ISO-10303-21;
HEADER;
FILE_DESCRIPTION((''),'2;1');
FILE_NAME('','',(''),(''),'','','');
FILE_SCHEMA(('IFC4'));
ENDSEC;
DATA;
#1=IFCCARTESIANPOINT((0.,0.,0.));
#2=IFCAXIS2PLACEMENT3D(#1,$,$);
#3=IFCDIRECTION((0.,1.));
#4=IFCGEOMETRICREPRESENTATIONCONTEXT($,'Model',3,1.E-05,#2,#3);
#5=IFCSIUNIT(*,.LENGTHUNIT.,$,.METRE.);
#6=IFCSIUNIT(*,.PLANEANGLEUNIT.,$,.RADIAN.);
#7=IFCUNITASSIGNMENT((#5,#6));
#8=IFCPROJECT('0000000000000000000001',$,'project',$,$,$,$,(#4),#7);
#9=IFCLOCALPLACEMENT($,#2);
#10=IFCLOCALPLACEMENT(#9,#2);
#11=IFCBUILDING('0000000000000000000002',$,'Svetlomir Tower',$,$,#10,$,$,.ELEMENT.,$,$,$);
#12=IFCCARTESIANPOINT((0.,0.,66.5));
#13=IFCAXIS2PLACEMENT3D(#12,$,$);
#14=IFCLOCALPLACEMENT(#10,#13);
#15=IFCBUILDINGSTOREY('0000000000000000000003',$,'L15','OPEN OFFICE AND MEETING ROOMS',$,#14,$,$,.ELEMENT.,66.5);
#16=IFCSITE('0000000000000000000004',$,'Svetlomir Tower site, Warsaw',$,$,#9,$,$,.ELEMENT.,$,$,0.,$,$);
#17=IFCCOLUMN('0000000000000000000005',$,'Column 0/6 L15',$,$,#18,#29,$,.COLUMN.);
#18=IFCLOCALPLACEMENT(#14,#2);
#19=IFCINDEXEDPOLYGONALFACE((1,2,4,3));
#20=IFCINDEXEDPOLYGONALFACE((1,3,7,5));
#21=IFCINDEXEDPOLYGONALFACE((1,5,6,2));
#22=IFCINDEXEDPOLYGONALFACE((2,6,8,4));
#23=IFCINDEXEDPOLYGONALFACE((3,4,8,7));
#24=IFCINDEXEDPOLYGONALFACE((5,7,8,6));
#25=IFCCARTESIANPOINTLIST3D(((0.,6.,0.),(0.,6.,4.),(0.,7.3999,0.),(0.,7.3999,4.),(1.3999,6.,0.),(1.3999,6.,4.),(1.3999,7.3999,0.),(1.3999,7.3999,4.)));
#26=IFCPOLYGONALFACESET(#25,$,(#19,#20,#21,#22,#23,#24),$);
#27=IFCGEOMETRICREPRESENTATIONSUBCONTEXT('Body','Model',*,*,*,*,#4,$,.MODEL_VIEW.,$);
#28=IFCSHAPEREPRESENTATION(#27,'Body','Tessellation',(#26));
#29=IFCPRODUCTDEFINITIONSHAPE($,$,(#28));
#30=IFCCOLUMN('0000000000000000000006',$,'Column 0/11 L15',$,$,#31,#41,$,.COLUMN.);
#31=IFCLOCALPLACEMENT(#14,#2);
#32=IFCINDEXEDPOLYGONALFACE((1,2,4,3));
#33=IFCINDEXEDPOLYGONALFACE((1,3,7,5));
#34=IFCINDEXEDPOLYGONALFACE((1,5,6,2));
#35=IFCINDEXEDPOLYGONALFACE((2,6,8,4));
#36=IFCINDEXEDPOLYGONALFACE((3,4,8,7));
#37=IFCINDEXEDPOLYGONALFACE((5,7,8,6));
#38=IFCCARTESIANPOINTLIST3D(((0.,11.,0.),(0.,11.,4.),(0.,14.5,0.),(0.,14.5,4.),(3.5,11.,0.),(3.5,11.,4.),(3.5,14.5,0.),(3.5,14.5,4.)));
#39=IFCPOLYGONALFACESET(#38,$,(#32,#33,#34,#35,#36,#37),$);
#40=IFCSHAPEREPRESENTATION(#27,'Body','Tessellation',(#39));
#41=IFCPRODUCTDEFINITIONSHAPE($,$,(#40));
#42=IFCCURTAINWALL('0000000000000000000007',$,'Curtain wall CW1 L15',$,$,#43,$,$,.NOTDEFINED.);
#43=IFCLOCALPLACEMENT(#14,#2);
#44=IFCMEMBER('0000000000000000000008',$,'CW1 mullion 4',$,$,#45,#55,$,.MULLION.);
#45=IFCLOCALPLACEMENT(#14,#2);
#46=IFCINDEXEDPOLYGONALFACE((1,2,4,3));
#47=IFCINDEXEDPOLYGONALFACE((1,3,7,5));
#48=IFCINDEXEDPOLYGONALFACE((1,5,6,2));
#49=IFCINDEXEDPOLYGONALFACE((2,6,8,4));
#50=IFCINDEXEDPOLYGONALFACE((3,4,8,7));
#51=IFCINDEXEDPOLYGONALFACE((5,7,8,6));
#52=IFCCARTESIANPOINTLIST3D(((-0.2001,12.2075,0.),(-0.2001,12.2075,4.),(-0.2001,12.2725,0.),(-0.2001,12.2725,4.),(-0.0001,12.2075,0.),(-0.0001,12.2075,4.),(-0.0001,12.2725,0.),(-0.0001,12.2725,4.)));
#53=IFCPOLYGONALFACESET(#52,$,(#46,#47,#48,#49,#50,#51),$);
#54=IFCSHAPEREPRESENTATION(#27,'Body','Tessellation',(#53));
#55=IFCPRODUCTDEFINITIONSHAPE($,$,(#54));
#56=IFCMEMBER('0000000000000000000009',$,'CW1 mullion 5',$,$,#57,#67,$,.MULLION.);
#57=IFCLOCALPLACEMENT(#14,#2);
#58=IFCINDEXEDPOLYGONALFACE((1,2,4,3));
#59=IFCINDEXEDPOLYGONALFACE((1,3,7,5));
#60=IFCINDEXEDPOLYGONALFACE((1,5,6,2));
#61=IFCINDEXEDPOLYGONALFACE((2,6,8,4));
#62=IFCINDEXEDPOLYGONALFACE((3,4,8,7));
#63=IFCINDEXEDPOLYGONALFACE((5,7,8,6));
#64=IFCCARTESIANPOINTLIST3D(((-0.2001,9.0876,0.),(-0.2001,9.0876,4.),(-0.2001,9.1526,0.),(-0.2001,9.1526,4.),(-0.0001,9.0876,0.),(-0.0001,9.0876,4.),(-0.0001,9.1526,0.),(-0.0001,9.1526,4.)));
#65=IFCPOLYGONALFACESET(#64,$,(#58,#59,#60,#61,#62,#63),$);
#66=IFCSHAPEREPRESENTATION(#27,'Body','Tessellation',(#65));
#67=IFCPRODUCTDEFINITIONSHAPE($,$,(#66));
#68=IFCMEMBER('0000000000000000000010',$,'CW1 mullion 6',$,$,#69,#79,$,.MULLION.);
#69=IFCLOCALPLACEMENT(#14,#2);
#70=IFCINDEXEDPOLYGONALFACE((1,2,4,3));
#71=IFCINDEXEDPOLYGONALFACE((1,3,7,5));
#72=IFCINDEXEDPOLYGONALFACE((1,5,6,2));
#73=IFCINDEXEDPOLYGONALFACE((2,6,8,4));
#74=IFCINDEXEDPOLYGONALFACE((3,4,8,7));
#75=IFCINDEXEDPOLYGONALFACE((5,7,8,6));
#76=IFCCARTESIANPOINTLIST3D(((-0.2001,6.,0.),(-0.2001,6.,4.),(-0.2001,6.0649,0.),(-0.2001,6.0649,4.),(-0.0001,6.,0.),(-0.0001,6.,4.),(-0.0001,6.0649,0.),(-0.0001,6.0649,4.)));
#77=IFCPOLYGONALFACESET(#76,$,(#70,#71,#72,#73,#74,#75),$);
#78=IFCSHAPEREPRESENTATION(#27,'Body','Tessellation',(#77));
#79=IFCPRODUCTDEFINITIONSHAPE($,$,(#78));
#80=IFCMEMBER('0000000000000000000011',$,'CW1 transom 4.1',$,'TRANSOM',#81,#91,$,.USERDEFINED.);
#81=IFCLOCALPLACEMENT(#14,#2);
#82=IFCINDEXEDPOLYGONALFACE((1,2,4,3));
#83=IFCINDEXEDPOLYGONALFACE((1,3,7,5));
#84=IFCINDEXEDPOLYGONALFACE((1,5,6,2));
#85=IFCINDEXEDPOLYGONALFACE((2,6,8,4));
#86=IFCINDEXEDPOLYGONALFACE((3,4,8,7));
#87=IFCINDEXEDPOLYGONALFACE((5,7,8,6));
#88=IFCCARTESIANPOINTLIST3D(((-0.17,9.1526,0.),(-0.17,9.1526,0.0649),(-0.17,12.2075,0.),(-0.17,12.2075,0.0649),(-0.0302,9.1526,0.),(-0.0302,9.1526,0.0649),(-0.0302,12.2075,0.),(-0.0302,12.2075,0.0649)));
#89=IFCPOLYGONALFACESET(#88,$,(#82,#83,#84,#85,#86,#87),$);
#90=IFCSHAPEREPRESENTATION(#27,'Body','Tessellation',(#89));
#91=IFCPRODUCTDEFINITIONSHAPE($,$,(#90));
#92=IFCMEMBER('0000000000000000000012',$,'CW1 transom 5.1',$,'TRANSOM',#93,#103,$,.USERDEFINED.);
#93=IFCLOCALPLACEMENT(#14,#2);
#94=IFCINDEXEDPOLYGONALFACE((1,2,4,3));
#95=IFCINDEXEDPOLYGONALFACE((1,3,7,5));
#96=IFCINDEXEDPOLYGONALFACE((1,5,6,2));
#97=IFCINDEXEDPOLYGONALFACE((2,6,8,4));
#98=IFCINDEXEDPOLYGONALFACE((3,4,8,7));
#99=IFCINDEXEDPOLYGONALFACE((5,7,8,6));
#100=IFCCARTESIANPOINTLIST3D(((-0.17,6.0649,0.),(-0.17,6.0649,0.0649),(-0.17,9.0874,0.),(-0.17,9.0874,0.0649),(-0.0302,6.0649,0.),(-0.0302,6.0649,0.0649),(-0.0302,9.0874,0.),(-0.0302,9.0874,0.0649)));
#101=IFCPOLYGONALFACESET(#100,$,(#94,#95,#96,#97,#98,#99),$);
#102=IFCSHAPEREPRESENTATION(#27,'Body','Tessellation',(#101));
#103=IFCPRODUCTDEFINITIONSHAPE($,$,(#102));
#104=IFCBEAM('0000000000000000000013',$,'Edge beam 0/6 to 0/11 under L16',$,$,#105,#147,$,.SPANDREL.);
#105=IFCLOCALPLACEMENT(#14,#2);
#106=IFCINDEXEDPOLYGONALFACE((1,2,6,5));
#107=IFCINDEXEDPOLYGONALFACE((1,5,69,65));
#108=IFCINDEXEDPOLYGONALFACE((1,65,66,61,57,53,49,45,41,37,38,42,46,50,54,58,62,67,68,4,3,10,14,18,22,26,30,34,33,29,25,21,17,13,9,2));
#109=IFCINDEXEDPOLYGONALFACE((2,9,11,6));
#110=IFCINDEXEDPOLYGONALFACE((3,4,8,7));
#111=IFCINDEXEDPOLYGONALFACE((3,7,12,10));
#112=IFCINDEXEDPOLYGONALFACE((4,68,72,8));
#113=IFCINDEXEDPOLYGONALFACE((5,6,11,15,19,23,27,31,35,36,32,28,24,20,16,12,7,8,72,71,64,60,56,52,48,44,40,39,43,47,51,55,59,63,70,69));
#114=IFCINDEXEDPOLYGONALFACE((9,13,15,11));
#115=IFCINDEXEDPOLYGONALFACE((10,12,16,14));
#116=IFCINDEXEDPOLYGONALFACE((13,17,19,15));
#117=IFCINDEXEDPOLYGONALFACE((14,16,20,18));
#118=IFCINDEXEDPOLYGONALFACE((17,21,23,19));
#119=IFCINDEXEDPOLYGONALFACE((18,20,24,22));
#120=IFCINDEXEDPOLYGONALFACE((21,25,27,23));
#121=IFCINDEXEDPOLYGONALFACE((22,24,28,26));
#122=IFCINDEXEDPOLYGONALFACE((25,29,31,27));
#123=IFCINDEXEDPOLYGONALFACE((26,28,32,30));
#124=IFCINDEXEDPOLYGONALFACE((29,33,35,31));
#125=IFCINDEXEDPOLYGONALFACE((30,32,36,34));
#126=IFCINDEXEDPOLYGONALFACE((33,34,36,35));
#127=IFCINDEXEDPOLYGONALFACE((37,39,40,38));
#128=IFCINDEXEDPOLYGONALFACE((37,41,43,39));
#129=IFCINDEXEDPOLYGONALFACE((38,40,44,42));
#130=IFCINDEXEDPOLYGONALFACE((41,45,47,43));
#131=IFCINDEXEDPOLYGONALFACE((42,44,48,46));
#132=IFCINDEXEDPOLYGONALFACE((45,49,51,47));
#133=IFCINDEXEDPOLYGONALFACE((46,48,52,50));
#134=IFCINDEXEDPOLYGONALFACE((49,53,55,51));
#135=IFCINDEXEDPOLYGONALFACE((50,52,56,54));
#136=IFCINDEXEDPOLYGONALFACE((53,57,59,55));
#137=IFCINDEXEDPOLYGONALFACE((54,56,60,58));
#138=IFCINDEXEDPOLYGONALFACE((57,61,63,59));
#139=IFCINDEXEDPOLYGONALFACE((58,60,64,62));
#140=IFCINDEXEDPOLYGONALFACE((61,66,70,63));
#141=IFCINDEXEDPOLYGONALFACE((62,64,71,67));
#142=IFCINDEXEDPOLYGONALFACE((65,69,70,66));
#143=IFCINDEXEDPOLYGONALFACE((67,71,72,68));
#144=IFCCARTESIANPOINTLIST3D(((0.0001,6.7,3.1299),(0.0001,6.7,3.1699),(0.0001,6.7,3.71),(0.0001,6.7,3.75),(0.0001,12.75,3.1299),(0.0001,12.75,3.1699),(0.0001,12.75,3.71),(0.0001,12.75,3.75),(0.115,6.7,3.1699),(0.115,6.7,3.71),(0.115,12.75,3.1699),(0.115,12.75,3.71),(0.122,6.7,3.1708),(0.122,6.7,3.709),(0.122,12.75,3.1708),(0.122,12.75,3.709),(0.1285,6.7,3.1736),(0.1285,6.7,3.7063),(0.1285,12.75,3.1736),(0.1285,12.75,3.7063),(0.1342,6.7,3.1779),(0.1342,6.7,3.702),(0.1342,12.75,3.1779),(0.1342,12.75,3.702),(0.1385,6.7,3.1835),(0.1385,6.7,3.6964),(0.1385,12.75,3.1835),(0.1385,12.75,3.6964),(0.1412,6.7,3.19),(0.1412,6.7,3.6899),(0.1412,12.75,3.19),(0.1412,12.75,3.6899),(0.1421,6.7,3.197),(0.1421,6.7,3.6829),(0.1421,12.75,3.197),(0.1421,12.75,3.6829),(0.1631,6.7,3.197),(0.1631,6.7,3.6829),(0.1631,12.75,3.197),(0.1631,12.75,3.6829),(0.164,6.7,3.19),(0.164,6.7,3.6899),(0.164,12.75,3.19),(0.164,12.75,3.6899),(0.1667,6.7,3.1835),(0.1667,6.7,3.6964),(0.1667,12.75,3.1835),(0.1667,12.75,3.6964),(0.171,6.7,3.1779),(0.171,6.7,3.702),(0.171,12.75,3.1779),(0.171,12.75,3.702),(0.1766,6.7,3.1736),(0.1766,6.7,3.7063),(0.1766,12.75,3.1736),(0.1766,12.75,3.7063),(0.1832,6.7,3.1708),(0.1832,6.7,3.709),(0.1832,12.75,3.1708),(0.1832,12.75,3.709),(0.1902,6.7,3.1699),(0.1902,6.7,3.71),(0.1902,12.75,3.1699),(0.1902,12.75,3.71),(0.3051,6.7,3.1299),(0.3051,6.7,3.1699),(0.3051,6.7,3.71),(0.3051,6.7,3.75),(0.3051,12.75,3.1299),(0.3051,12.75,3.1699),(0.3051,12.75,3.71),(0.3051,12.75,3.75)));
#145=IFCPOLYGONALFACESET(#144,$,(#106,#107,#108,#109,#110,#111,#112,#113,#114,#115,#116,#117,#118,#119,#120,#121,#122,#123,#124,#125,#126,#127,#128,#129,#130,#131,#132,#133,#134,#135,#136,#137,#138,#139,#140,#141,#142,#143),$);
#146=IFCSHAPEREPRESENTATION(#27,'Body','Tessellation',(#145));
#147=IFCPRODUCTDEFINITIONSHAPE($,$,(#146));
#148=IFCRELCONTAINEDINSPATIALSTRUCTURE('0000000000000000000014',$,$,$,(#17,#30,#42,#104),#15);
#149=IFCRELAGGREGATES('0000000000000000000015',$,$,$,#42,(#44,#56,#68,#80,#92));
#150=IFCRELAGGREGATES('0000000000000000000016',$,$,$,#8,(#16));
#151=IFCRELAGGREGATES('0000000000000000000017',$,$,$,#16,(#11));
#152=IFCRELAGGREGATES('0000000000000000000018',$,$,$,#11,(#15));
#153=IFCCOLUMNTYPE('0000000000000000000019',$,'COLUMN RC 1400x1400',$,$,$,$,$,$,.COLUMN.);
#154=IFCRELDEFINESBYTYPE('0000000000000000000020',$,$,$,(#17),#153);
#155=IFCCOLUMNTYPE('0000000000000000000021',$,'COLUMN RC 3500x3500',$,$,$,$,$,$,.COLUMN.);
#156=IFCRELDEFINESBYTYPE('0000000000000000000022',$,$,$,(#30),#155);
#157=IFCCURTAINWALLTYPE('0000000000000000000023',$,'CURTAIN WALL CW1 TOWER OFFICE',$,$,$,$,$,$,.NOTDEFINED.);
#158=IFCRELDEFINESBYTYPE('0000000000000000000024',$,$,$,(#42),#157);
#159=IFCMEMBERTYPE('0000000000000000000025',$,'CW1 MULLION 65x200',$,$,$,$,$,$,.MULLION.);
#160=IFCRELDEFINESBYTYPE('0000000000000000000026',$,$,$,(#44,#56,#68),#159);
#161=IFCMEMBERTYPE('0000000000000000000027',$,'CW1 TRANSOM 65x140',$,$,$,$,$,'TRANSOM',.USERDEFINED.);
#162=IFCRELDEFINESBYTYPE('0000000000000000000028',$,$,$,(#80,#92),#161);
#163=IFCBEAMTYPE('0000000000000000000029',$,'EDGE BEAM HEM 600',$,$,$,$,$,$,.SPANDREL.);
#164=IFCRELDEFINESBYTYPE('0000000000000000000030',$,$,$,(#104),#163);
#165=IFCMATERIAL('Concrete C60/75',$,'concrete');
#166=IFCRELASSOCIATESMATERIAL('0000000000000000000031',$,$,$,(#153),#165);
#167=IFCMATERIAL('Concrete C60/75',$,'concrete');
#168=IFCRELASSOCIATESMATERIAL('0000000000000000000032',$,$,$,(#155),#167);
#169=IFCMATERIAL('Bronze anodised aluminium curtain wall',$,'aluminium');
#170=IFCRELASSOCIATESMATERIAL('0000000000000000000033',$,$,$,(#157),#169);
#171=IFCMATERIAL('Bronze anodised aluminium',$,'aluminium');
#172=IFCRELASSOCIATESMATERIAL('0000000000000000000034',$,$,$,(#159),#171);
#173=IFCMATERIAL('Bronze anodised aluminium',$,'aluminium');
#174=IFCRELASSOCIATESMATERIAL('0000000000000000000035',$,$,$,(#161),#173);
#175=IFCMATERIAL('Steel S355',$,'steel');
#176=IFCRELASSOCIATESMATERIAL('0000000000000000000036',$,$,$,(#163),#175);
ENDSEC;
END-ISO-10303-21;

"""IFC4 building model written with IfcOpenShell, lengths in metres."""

from ifc_helpers import new_model, si_unit, direction, frame, origin, origin_2d, place, context, subcontext, project, spatial, rectangle, i_section, extrude, material, material_profile, profile_set, type_object, element, aggregate, save


model = new_model("IFC4")

# Units and contexts
model_context = context("Model", 3, precision=1e-05, world=origin(), true_north=direction((0.0, 1.0)))
body_context = subcontext(model_context, "Body", "Model", "MODEL_VIEW")
ifc_project = project(units=[si_unit("LENGTHUNIT", "METRE"), si_unit("PLANEANGLEUNIT", "RADIAN")], contexts=[model_context])

# Site, building, storey
site_placement = place(None, origin())
site = spatial("IfcSite", under=ifc_project, at=site_placement, Name="Svetlomir Tower site, Warsaw", CompositionType="ELEMENT", RefElevation=0.0)
building_placement = place(site_placement, origin())
building = spatial("IfcBuilding", under=site, at=building_placement, Name="Svetlomir Tower", CompositionType="ELEMENT")
storey_placement = place(building_placement, frame((0.0, 0.0, 66.5)))
storey = spatial("IfcBuildingStorey", under=building, at=storey_placement, Name="L15", Description="OPEN OFFICE AND MEETING ROOMS", CompositionType="ELEMENT", Elevation=66.5)

# Columns
ifc_material_1 = material(Name="Concrete C60/75", Category="concrete")
ifc_material_profile_1 = material_profile(ifc_material_1, rectangle(XDim=1.3999, YDim=1.3999, at=origin_2d()), Name="RC 1400x1400")
ifc_profile_set_1 = profile_set([ifc_material_profile_1], Name="Concrete C60/75")
column_type_1 = type_object("IfcColumnType", Name="COLUMN RC 1400x1400", PredefinedType="COLUMN", material=ifc_profile_set_1)
column_1_placement = place(storey_placement, frame((0.7, 6.7, 0.0), z_axis=(0.0, 0.0, 1.0), x_axis=(1.0, 0.0, 0.0)))
element("IfcColumn", 1, at=column_1_placement, inside=storey, type_object=column_type_1, Name="Column 0/6 L15", PredefinedType="COLUMN", context=body_context, shape_type="SweptSolid", body=[
    extrude(rectangle(XDim=1.3999, YDim=1.3999, at=origin_2d()), origin(), (0.0, 0.0, 1.0), 4.0),
])
ifc_material_2 = material(Name="Concrete C60/75", Category="concrete")
ifc_material_profile_2 = material_profile(ifc_material_2, rectangle(XDim=3.5, YDim=3.5, at=origin_2d()), Name="RC 3500x3500")
ifc_profile_set_2 = profile_set([ifc_material_profile_2], Name="Concrete C60/75")
column_type_2 = type_object("IfcColumnType", Name="COLUMN RC 3500x3500", PredefinedType="COLUMN", material=ifc_profile_set_2)
column_2_placement = place(storey_placement, frame((1.75, 12.75, 0.0), z_axis=(0.0, 0.0, 1.0), x_axis=(1.0, 0.0, 0.0)))
element("IfcColumn", 2, at=column_2_placement, inside=storey, type_object=column_type_2, Name="Column 0/11 L15", PredefinedType="COLUMN", context=body_context, shape_type="SweptSolid", body=[
    extrude(rectangle(XDim=3.5, YDim=3.5, at=origin_2d()), origin(), (0.0, 0.0, 1.0), 4.0),
])

# Curtain wall, members
ifc_material_3 = material(Name="Bronze anodised aluminium curtain wall", Category="aluminium")
curtain_wall_type = type_object("IfcCurtainWallType", Name="CURTAIN WALL CW1 TOWER OFFICE", PredefinedType="NOTDEFINED", material=ifc_material_3)
curtain_wall_1_placement = place(storey_placement, origin())
curtain_wall_1 = element("IfcCurtainWall", 3, at=curtain_wall_1_placement, inside=storey, type_object=curtain_wall_type, Name="Curtain wall CW1 L15", PredefinedType="NOTDEFINED")
ifc_material_4 = material(Name="Bronze anodised aluminium", Category="aluminium")
ifc_material_profile_3 = material_profile(ifc_material_4, rectangle(XDim=0.0649, YDim=0.2, at=origin_2d()), Name="AL 65x200")
ifc_profile_set_3 = profile_set([ifc_material_profile_3], Name="Bronze anodised aluminium 6063-T6")
member_type_1 = type_object("IfcMemberType", Name="CW1 MULLION 65x200", PredefinedType="MULLION", material=ifc_profile_set_3)
member_1_placement = place(storey_placement, frame((-0.1001, 12.24, 0.0), z_axis=(0.0, 0.0, 1.0), x_axis=(0.0, -1.0, 0.0)))
member_1 = element("IfcMember", 4, at=member_1_placement, type_object=member_type_1, Name="CW1 mullion 4", PredefinedType="MULLION", context=body_context, shape_type="SweptSolid", body=[
    extrude(rectangle(XDim=0.0649, YDim=0.2, at=origin_2d()), origin(), (0.0, 0.0, 1.0), 4.0),
])
member_2_placement = place(storey_placement, frame((-0.1001, 9.1201, 0.0), z_axis=(0.0, 0.0, 1.0), x_axis=(0.0, -1.0, 0.0)))
member_2 = element("IfcMember", 5, at=member_2_placement, type_object=member_type_1, Name="CW1 mullion 5", PredefinedType="MULLION", context=body_context, shape_type="SweptSolid", body=[
    extrude(rectangle(XDim=0.0649, YDim=0.2, at=origin_2d()), origin(), (0.0, 0.0, 1.0), 4.0),
])
member_3_placement = place(storey_placement, frame((-0.1001, 6.0325, 0.0), z_axis=(0.0, 0.0, 1.0), x_axis=(0.0, -1.0, 0.0)))
member_3 = element("IfcMember", 6, at=member_3_placement, type_object=member_type_1, Name="CW1 mullion 6", PredefinedType="MULLION", context=body_context, shape_type="SweptSolid", body=[
    extrude(rectangle(XDim=0.0649, YDim=0.2, at=origin_2d()), origin(), (0.0, 0.0, 1.0), 4.0),
])
ifc_material_5 = material(Name="Bronze anodised aluminium", Category="aluminium")
ifc_material_profile_4 = material_profile(ifc_material_5, rectangle(XDim=0.1399, YDim=0.0649, at=origin_2d()), Name="AL 140x65")
ifc_profile_set_4 = profile_set([ifc_material_profile_4], Name="Bronze anodised aluminium 6063-T6")
member_type_2 = type_object("IfcMemberType", Name="CW1 TRANSOM 65x140", ElementType="TRANSOM", PredefinedType="USERDEFINED", material=ifc_profile_set_4)
member_4_placement = place(storey_placement, frame((-0.1001, 12.2075, 0.0325), z_axis=(0.0, -1.0, 0.0), x_axis=(1.0, 0.0, 0.0)))
member_4 = element("IfcMember", 7, at=member_4_placement, type_object=member_type_2, Name="CW1 transom 4.1", ObjectType="TRANSOM", PredefinedType="USERDEFINED", context=body_context, shape_type="SweptSolid", body=[
    extrude(rectangle(XDim=0.1399, YDim=0.0649, at=origin_2d()), origin(), (0.0, 0.0, 1.0), 3.0549),
])
member_5_placement = place(storey_placement, frame((-0.1001, 9.0874, 0.0325), z_axis=(0.0, -1.0, 0.0), x_axis=(1.0, 0.0, 0.0)))
member_5 = element("IfcMember", 8, at=member_5_placement, type_object=member_type_2, Name="CW1 transom 5.1", ObjectType="TRANSOM", PredefinedType="USERDEFINED", context=body_context, shape_type="SweptSolid", body=[
    extrude(rectangle(XDim=0.1399, YDim=0.0649, at=origin_2d()), origin(), (0.0, 0.0, 1.0), 3.0225),
])

# Beam
ifc_material_6 = material(Name="Steel S355", Category="steel")
ifc_material_profile_5 = material_profile(ifc_material_6, i_section(OverallWidth=0.3049, OverallDepth=0.6201, WebThickness=0.021, FlangeThickness=0.04, FilletRadius=0.0271, at=origin_2d()), Name="HEM 600")
ifc_profile_set_5 = profile_set([ifc_material_profile_5], Name="Steel S355")
beam_type = type_object("IfcBeamType", Name="EDGE BEAM HEM 600", PredefinedType="SPANDREL", material=ifc_profile_set_5)
beam_1_placement = place(storey_placement, frame((0.1526, 6.7, 3.4399), z_axis=(0.0, 1.0, 0.0), x_axis=(-1.0, 0.0, 0.0)))
element("IfcBeam", 9, at=beam_1_placement, inside=storey, type_object=beam_type, Name="Edge beam 0/6 to 0/11 under L16", PredefinedType="SPANDREL", context=body_context, shape_type="SweptSolid", body=[
    extrude(i_section(OverallWidth=0.3049, OverallDepth=0.6201, WebThickness=0.021, FlangeThickness=0.04, FilletRadius=0.0271, at=origin_2d()), origin(), (0.0, 0.0, 1.0), 6.05),
])

aggregate(curtain_wall_1, [member_1, member_2, member_3, member_4, member_5])

save(model, "model.ifc")
